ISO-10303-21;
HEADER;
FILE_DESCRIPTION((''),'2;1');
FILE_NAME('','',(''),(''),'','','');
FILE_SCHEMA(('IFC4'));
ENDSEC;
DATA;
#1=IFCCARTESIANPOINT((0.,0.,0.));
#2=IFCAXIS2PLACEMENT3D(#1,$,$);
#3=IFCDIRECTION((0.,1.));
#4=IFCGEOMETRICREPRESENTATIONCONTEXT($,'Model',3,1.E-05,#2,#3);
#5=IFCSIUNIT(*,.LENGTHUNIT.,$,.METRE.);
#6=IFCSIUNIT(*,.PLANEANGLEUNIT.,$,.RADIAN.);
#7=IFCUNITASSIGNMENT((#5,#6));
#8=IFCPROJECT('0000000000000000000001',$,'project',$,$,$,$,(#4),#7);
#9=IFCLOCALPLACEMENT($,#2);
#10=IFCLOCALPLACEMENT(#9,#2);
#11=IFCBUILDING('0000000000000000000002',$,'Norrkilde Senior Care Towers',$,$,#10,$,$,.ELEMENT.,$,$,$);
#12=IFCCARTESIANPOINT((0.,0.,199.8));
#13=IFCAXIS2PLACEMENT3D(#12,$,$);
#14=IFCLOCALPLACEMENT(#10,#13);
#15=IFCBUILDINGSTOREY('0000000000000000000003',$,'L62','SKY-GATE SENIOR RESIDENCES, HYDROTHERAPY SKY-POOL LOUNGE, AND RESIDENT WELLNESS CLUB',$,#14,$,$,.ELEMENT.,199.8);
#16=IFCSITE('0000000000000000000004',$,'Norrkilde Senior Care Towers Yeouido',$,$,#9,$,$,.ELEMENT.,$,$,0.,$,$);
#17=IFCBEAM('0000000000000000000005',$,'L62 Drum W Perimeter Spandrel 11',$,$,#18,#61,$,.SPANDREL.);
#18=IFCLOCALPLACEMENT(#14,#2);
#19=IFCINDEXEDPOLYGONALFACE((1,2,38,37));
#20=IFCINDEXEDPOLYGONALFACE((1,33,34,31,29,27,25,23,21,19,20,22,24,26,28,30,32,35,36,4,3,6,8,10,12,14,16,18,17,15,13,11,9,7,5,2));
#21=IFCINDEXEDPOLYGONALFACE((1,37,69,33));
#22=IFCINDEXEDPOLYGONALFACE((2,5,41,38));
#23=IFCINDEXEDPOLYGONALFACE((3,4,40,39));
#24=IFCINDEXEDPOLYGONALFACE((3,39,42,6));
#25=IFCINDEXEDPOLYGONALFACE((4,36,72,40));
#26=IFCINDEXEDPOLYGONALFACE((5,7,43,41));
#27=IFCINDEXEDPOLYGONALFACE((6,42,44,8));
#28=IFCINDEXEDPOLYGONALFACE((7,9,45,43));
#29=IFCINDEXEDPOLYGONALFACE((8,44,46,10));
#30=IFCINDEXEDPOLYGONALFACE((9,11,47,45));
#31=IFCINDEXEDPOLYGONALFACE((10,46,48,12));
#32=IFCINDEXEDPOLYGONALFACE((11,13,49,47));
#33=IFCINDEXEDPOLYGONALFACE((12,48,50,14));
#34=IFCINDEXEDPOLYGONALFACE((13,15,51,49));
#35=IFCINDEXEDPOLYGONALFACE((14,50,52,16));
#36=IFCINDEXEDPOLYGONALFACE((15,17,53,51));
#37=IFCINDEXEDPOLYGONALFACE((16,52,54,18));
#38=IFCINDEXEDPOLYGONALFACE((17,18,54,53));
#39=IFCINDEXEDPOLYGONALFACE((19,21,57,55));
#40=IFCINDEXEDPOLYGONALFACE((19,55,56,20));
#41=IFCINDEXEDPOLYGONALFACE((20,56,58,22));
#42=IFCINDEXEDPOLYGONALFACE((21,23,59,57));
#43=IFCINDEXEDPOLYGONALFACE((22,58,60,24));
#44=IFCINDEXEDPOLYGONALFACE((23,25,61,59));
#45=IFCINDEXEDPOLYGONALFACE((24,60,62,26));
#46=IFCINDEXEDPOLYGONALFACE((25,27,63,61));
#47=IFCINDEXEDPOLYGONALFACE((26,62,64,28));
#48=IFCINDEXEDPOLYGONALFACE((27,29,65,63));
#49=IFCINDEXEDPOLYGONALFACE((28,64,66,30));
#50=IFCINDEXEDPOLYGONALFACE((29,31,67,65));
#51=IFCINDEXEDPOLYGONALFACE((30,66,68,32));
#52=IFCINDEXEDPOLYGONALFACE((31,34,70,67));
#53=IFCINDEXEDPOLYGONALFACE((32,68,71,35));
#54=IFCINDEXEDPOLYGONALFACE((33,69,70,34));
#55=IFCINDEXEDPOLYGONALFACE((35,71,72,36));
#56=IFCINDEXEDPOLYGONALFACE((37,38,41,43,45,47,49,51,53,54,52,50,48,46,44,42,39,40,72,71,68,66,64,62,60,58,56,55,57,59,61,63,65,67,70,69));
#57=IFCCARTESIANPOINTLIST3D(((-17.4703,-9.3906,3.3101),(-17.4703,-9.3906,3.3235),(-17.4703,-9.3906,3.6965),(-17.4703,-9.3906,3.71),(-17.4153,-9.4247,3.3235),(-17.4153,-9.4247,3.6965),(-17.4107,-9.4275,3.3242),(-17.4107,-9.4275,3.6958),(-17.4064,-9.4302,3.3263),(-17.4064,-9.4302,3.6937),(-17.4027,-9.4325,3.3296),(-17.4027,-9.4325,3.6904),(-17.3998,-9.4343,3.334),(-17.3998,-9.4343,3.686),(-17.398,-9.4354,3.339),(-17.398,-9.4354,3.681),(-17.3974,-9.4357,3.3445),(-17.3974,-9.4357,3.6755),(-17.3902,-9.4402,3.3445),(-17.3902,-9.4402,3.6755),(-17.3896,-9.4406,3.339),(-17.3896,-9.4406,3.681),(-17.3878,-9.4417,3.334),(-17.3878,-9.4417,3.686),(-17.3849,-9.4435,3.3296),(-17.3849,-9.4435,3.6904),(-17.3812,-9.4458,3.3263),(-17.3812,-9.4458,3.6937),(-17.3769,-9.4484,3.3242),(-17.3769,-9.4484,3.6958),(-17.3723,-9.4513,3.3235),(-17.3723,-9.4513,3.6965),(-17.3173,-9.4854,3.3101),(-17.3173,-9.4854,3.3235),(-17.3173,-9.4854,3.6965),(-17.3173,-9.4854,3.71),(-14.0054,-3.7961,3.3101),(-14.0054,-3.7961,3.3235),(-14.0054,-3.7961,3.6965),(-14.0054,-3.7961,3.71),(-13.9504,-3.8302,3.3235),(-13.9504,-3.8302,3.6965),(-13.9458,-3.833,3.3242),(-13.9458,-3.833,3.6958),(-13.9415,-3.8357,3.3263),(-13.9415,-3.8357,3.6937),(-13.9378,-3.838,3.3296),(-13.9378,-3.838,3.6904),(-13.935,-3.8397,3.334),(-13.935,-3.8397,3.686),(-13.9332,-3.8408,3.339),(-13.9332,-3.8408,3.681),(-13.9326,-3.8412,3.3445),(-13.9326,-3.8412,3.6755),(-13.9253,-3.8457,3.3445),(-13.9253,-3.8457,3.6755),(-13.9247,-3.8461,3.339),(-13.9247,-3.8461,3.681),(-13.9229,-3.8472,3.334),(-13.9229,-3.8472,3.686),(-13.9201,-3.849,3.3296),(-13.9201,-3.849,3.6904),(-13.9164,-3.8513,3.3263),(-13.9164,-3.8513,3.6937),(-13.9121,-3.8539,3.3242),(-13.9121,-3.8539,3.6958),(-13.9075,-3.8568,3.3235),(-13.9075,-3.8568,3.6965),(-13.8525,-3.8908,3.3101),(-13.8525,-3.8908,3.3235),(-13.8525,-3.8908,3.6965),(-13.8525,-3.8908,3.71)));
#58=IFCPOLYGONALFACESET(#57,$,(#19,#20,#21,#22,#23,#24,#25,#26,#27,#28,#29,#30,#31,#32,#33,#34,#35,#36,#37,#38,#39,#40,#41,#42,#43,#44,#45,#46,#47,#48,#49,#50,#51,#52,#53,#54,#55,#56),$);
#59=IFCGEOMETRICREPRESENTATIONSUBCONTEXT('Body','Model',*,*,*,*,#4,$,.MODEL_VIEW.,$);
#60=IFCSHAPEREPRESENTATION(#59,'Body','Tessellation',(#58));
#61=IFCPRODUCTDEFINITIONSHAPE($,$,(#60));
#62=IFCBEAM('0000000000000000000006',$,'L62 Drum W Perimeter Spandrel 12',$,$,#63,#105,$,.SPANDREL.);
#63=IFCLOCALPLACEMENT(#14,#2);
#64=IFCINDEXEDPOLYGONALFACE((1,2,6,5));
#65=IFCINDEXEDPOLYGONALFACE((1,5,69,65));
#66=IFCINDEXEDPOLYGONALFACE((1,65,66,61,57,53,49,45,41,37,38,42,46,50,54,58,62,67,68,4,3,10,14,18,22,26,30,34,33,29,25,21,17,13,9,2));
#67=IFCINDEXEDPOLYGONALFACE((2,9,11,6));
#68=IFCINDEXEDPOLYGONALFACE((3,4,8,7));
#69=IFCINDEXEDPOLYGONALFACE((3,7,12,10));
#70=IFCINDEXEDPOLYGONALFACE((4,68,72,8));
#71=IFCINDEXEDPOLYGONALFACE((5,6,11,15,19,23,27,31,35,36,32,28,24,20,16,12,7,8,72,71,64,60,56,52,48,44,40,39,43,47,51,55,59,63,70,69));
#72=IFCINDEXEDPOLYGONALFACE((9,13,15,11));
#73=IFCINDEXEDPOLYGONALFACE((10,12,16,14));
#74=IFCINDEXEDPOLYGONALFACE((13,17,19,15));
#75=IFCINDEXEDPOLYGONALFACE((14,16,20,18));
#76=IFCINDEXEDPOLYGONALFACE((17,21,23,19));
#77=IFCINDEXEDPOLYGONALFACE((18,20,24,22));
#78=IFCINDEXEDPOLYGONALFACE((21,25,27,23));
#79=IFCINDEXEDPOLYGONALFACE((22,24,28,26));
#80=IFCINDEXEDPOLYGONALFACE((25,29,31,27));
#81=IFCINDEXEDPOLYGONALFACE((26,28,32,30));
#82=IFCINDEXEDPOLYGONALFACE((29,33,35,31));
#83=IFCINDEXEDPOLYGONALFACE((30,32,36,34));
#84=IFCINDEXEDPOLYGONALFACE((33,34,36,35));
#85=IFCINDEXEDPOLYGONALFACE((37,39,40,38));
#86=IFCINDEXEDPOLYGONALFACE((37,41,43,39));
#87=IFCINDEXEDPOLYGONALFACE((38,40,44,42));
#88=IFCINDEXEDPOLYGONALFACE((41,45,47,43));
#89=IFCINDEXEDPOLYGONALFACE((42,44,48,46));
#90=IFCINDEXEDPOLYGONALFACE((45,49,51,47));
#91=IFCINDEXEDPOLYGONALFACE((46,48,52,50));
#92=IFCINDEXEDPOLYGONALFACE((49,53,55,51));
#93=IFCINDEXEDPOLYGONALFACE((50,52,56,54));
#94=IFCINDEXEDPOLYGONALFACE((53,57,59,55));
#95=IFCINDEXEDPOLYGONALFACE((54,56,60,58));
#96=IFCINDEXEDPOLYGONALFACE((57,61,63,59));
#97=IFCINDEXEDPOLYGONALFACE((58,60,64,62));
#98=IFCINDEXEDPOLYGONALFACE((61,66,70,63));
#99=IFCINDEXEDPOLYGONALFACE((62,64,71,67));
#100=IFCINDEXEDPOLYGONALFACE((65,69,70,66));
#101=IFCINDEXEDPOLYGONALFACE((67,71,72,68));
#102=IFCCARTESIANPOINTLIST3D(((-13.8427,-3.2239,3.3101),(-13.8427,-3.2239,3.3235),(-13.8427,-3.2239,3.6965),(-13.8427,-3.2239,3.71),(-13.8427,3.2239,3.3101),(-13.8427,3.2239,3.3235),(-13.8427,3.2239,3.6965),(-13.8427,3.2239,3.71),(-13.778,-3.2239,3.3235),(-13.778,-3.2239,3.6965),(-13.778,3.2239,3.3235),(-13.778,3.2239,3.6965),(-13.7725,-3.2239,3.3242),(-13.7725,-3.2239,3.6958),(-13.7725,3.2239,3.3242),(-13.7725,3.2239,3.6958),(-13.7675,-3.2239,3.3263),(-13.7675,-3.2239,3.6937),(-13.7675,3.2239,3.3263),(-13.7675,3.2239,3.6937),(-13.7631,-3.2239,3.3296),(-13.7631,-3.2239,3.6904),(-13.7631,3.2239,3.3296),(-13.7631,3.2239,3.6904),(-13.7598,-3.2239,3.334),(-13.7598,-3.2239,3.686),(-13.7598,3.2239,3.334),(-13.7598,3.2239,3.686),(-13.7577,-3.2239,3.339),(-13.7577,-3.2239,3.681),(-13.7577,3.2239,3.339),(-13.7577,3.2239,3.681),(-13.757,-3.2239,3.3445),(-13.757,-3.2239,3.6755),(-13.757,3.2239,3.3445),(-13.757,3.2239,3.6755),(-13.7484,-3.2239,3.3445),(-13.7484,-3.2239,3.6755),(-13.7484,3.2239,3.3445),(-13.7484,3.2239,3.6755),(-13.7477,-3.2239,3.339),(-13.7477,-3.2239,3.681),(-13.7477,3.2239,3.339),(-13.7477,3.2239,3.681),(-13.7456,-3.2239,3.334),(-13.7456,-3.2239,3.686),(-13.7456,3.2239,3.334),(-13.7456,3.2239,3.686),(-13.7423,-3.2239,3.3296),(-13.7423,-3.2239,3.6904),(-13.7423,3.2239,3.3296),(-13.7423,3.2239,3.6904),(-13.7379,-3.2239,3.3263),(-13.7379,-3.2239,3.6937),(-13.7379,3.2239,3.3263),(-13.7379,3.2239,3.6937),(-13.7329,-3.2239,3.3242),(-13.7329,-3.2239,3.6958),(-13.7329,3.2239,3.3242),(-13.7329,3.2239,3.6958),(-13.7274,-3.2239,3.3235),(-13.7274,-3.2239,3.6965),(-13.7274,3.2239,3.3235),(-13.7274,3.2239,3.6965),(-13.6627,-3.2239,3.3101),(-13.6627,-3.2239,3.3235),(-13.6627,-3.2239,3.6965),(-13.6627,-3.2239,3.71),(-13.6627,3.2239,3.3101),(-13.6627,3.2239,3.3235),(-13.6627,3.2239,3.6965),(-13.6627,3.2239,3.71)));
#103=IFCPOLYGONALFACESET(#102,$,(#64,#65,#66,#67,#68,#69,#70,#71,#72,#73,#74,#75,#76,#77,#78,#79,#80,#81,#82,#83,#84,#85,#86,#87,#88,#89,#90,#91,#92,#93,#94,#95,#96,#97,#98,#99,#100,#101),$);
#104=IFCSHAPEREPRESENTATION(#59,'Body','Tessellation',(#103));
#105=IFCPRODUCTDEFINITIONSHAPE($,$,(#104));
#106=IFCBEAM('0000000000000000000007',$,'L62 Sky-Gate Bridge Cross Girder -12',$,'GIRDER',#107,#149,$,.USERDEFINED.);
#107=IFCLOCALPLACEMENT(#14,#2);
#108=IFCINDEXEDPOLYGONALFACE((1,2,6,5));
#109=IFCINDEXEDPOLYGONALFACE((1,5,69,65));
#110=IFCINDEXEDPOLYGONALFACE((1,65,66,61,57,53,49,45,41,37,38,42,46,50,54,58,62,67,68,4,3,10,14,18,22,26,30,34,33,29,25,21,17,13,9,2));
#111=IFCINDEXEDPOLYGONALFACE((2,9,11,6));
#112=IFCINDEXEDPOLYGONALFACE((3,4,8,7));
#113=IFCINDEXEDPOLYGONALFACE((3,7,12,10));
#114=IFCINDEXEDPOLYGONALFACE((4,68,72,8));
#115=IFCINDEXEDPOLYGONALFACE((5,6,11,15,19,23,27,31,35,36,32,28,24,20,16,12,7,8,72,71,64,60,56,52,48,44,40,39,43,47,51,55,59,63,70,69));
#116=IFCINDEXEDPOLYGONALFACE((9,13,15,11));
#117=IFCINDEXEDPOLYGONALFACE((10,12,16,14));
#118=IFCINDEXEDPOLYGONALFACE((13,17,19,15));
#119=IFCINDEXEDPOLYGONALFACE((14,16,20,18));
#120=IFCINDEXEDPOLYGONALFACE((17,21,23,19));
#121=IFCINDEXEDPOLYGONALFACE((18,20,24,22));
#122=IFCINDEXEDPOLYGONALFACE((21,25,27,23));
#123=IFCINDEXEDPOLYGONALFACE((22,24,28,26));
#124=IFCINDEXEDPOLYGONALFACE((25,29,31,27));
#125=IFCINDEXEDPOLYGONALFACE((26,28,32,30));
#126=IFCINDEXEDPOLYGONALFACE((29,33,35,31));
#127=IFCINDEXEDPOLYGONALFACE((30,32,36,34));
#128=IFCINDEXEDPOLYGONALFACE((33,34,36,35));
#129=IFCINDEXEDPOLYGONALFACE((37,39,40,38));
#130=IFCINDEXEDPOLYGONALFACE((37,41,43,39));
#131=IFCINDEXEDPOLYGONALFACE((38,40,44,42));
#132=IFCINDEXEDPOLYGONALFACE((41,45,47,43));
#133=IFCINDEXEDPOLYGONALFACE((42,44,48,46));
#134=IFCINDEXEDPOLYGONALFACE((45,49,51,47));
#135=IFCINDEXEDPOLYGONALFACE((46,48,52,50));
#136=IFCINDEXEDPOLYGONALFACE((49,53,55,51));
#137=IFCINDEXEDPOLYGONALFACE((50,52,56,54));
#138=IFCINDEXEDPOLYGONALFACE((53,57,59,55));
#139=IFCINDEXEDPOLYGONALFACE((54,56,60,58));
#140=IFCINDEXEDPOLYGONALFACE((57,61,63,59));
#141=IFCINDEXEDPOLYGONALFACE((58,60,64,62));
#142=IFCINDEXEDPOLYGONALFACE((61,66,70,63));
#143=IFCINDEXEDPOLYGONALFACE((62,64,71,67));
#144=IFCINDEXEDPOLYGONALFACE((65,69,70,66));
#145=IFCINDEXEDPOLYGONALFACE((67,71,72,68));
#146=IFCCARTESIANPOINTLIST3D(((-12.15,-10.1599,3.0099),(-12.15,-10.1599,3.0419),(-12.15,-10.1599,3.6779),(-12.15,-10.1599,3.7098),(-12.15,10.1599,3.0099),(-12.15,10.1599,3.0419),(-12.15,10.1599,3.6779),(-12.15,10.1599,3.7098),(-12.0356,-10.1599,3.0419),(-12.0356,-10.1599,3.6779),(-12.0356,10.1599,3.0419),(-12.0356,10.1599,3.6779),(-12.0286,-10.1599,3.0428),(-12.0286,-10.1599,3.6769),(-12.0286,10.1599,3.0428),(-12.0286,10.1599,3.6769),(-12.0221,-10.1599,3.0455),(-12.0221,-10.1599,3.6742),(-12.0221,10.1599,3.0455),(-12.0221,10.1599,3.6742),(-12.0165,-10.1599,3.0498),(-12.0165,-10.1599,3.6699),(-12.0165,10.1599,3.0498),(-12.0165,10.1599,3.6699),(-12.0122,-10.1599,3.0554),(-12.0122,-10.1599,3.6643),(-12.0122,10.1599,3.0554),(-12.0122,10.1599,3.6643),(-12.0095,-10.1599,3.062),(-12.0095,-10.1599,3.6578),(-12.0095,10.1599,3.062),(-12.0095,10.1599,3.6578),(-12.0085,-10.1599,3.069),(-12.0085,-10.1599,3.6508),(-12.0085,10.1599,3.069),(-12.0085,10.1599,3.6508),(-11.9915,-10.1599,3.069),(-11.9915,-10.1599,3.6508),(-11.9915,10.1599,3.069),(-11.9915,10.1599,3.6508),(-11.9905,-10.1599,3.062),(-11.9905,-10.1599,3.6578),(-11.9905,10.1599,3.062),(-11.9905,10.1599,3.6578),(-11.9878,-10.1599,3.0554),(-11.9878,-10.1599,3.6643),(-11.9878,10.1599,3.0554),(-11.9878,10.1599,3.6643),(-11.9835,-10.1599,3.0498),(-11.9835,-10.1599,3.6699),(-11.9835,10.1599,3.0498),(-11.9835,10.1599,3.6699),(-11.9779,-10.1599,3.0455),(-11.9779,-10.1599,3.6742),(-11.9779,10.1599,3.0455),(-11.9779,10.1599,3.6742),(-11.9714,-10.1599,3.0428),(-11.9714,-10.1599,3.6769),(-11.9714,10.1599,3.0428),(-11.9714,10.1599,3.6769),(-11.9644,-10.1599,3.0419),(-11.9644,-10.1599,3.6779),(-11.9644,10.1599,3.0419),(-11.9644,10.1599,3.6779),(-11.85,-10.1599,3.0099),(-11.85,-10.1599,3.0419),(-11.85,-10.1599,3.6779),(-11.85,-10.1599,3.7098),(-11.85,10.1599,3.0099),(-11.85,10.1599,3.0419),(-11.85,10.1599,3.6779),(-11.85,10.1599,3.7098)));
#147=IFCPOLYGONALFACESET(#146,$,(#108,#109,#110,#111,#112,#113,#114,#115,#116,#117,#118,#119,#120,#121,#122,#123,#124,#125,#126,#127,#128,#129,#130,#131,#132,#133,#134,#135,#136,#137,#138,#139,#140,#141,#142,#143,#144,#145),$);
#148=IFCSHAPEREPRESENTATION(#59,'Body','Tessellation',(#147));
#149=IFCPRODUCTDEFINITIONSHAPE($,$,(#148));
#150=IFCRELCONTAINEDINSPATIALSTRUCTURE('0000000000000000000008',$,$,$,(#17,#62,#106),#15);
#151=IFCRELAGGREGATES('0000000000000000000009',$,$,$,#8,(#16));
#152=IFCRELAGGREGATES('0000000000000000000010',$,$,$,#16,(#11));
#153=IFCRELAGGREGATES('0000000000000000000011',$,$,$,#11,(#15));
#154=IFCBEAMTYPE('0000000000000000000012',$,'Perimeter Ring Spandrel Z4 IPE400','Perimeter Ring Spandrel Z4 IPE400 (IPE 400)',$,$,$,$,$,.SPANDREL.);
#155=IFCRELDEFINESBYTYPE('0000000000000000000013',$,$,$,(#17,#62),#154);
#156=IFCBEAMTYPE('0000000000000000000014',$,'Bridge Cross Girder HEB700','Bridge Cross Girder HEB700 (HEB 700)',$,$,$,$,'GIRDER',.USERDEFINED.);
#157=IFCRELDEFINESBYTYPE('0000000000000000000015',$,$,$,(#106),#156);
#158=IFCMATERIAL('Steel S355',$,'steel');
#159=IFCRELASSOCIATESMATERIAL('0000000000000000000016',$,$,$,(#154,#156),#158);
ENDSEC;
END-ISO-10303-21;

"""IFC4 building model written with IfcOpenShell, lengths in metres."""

from ifc_helpers import new_model, si_unit, direction, frame, origin, origin_2d, place, context, subcontext, project, spatial, i_section, extrude, source, transform, mapped, material, material_profile, profile_set, type_object, type_shapes, element, save


model = new_model("IFC4")

# Units and contexts
model_context = context("Model", 3, precision=1e-05, world=origin(), true_north=direction((0.0, 1.0)))
body_context = subcontext(model_context, "Body", "Model", "MODEL_VIEW")
ifc_project = project(units=[si_unit("LENGTHUNIT", "METRE"), si_unit("PLANEANGLEUNIT", "RADIAN")], contexts=[model_context])

# Site, building, storey
site_placement = place(None, origin())
site = spatial("IfcSite", under=ifc_project, at=site_placement, Name="Norrkilde Senior Care Towers Yeouido", CompositionType="ELEMENT", RefElevation=0.0)
building_placement = place(site_placement, origin())
building = spatial("IfcBuilding", under=site, at=building_placement, Name="Norrkilde Senior Care Towers", CompositionType="ELEMENT")
storey_placement = place(building_placement, frame((0.0, 0.0, 199.8)))
storey = spatial("IfcBuildingStorey", under=building, at=storey_placement, Name="L62", Description="SKY-GATE SENIOR RESIDENCES, HYDROTHERAPY SKY-POOL LOUNGE, AND RESIDENT WELLNESS CLUB", CompositionType="ELEMENT", Elevation=199.8)

# Shared definitions
ifc_material_1 = material(Name="Steel S355", Category="steel")

# Beams
ifc_material_profile_1 = material_profile(ifc_material_1, i_section(OverallWidth=0.1799, OverallDepth=0.3999, WebThickness=0.0085, FlangeThickness=0.0134, FilletRadius=0.021, at=origin_2d()), Name="IPE 400")
ifc_profile_set_1 = profile_set([ifc_material_profile_1], Name="Steel S355")
beam_type_1 = type_object("IfcBeamType", Name="Perimeter Ring Spandrel Z4 IPE400", Description="Perimeter Ring Spandrel Z4 IPE400 (IPE 400)", PredefinedType="SPANDREL", material=ifc_profile_set_1)
shared_shape_1 = source(origin(), body_context, "Body", "SweptSolid", [
    extrude(i_section(OverallWidth=0.1799, OverallDepth=0.3999, WebThickness=0.0085, FlangeThickness=0.0134, FilletRadius=0.021, at=origin_2d()), origin(), (0.0, 0.0, 1.0), 6.5806),
])
beam_1_placement = place(storey_placement, frame((-17.3938, -9.438, 3.51), z_axis=(0.52653, 0.850157, 0.0), x_axis=(-0.850157, 0.52653, 0.0)))
element("IfcBeam", 1, at=beam_1_placement, inside=storey, type_object=beam_type_1, Name="L62 Drum W Perimeter Spandrel 11", PredefinedType="SPANDREL", context=body_context, shape_type="MappedRepresentation", body=[
    mapped(shared_shape_1, transform((0.0, 0.0, 0.0), x_axis=(1.0, 0.0, 0.0), y_axis=(0.0, 1.0, 0.0), z_axis=(0.0, 0.0, 1.0), scale=1.0)),
])
shared_shape_2 = source(origin(), body_context, "Body", "SweptSolid", [
    extrude(i_section(OverallWidth=0.1799, OverallDepth=0.3999, WebThickness=0.0085, FlangeThickness=0.0134, FilletRadius=0.021, at=origin_2d()), origin(), (0.0, 0.0, 1.0), 6.4478),
])
type_shapes(beam_type_1, [shared_shape_1, shared_shape_2])
beam_2_placement = place(storey_placement, frame((-13.7527, -3.2239, 3.51), z_axis=(0.0, 1.0, 0.0), x_axis=(-1.0, 0.0, 0.0)))
element("IfcBeam", 2, at=beam_2_placement, inside=storey, type_object=beam_type_1, Name="L62 Drum W Perimeter Spandrel 12", PredefinedType="SPANDREL", context=body_context, shape_type="MappedRepresentation", body=[
    mapped(shared_shape_2, transform((0.0, 0.0, 0.0), x_axis=(1.0, 0.0, 0.0), y_axis=(0.0, 1.0, 0.0), z_axis=(0.0, 0.0, 1.0), scale=1.0)),
])
ifc_material_profile_2 = material_profile(ifc_material_1, i_section(OverallWidth=0.3, OverallDepth=0.7, WebThickness=0.0171, FlangeThickness=0.032, FilletRadius=0.0271, at=origin_2d()), Name="HEB 700")
ifc_profile_set_2 = profile_set([ifc_material_profile_2], Name="Steel S355")
beam_type_2 = type_object("IfcBeamType", Name="Bridge Cross Girder HEB700", Description="Bridge Cross Girder HEB700 (HEB 700)", ElementType="GIRDER", PredefinedType="USERDEFINED", material=ifc_profile_set_2)
shared_shape_3 = source(origin(), body_context, "Body", "SweptSolid", [
    extrude(i_section(OverallWidth=0.3, OverallDepth=0.7, WebThickness=0.0171, FlangeThickness=0.032, FilletRadius=0.0271, at=origin_2d()), origin(), (0.0, 0.0, 1.0), 20.3198),
])
type_shapes(beam_type_2, [shared_shape_3])
beam_3_placement = place(storey_placement, frame((-12.0, -10.1599, 3.3599), z_axis=(0.0, 1.0, 0.0), x_axis=(-1.0, 0.0, 0.0)))
element("IfcBeam", 3, at=beam_3_placement, inside=storey, type_object=beam_type_2, Name="L62 Sky-Gate Bridge Cross Girder -12", ObjectType="GIRDER", PredefinedType="USERDEFINED", context=body_context, shape_type="MappedRepresentation", body=[
    mapped(shared_shape_3, transform((0.0, 0.0, 0.0), x_axis=(1.0, 0.0, 0.0), y_axis=(0.0, 1.0, 0.0), z_axis=(0.0, 0.0, 1.0), scale=1.0)),
])

save(model, "model.ifc")
